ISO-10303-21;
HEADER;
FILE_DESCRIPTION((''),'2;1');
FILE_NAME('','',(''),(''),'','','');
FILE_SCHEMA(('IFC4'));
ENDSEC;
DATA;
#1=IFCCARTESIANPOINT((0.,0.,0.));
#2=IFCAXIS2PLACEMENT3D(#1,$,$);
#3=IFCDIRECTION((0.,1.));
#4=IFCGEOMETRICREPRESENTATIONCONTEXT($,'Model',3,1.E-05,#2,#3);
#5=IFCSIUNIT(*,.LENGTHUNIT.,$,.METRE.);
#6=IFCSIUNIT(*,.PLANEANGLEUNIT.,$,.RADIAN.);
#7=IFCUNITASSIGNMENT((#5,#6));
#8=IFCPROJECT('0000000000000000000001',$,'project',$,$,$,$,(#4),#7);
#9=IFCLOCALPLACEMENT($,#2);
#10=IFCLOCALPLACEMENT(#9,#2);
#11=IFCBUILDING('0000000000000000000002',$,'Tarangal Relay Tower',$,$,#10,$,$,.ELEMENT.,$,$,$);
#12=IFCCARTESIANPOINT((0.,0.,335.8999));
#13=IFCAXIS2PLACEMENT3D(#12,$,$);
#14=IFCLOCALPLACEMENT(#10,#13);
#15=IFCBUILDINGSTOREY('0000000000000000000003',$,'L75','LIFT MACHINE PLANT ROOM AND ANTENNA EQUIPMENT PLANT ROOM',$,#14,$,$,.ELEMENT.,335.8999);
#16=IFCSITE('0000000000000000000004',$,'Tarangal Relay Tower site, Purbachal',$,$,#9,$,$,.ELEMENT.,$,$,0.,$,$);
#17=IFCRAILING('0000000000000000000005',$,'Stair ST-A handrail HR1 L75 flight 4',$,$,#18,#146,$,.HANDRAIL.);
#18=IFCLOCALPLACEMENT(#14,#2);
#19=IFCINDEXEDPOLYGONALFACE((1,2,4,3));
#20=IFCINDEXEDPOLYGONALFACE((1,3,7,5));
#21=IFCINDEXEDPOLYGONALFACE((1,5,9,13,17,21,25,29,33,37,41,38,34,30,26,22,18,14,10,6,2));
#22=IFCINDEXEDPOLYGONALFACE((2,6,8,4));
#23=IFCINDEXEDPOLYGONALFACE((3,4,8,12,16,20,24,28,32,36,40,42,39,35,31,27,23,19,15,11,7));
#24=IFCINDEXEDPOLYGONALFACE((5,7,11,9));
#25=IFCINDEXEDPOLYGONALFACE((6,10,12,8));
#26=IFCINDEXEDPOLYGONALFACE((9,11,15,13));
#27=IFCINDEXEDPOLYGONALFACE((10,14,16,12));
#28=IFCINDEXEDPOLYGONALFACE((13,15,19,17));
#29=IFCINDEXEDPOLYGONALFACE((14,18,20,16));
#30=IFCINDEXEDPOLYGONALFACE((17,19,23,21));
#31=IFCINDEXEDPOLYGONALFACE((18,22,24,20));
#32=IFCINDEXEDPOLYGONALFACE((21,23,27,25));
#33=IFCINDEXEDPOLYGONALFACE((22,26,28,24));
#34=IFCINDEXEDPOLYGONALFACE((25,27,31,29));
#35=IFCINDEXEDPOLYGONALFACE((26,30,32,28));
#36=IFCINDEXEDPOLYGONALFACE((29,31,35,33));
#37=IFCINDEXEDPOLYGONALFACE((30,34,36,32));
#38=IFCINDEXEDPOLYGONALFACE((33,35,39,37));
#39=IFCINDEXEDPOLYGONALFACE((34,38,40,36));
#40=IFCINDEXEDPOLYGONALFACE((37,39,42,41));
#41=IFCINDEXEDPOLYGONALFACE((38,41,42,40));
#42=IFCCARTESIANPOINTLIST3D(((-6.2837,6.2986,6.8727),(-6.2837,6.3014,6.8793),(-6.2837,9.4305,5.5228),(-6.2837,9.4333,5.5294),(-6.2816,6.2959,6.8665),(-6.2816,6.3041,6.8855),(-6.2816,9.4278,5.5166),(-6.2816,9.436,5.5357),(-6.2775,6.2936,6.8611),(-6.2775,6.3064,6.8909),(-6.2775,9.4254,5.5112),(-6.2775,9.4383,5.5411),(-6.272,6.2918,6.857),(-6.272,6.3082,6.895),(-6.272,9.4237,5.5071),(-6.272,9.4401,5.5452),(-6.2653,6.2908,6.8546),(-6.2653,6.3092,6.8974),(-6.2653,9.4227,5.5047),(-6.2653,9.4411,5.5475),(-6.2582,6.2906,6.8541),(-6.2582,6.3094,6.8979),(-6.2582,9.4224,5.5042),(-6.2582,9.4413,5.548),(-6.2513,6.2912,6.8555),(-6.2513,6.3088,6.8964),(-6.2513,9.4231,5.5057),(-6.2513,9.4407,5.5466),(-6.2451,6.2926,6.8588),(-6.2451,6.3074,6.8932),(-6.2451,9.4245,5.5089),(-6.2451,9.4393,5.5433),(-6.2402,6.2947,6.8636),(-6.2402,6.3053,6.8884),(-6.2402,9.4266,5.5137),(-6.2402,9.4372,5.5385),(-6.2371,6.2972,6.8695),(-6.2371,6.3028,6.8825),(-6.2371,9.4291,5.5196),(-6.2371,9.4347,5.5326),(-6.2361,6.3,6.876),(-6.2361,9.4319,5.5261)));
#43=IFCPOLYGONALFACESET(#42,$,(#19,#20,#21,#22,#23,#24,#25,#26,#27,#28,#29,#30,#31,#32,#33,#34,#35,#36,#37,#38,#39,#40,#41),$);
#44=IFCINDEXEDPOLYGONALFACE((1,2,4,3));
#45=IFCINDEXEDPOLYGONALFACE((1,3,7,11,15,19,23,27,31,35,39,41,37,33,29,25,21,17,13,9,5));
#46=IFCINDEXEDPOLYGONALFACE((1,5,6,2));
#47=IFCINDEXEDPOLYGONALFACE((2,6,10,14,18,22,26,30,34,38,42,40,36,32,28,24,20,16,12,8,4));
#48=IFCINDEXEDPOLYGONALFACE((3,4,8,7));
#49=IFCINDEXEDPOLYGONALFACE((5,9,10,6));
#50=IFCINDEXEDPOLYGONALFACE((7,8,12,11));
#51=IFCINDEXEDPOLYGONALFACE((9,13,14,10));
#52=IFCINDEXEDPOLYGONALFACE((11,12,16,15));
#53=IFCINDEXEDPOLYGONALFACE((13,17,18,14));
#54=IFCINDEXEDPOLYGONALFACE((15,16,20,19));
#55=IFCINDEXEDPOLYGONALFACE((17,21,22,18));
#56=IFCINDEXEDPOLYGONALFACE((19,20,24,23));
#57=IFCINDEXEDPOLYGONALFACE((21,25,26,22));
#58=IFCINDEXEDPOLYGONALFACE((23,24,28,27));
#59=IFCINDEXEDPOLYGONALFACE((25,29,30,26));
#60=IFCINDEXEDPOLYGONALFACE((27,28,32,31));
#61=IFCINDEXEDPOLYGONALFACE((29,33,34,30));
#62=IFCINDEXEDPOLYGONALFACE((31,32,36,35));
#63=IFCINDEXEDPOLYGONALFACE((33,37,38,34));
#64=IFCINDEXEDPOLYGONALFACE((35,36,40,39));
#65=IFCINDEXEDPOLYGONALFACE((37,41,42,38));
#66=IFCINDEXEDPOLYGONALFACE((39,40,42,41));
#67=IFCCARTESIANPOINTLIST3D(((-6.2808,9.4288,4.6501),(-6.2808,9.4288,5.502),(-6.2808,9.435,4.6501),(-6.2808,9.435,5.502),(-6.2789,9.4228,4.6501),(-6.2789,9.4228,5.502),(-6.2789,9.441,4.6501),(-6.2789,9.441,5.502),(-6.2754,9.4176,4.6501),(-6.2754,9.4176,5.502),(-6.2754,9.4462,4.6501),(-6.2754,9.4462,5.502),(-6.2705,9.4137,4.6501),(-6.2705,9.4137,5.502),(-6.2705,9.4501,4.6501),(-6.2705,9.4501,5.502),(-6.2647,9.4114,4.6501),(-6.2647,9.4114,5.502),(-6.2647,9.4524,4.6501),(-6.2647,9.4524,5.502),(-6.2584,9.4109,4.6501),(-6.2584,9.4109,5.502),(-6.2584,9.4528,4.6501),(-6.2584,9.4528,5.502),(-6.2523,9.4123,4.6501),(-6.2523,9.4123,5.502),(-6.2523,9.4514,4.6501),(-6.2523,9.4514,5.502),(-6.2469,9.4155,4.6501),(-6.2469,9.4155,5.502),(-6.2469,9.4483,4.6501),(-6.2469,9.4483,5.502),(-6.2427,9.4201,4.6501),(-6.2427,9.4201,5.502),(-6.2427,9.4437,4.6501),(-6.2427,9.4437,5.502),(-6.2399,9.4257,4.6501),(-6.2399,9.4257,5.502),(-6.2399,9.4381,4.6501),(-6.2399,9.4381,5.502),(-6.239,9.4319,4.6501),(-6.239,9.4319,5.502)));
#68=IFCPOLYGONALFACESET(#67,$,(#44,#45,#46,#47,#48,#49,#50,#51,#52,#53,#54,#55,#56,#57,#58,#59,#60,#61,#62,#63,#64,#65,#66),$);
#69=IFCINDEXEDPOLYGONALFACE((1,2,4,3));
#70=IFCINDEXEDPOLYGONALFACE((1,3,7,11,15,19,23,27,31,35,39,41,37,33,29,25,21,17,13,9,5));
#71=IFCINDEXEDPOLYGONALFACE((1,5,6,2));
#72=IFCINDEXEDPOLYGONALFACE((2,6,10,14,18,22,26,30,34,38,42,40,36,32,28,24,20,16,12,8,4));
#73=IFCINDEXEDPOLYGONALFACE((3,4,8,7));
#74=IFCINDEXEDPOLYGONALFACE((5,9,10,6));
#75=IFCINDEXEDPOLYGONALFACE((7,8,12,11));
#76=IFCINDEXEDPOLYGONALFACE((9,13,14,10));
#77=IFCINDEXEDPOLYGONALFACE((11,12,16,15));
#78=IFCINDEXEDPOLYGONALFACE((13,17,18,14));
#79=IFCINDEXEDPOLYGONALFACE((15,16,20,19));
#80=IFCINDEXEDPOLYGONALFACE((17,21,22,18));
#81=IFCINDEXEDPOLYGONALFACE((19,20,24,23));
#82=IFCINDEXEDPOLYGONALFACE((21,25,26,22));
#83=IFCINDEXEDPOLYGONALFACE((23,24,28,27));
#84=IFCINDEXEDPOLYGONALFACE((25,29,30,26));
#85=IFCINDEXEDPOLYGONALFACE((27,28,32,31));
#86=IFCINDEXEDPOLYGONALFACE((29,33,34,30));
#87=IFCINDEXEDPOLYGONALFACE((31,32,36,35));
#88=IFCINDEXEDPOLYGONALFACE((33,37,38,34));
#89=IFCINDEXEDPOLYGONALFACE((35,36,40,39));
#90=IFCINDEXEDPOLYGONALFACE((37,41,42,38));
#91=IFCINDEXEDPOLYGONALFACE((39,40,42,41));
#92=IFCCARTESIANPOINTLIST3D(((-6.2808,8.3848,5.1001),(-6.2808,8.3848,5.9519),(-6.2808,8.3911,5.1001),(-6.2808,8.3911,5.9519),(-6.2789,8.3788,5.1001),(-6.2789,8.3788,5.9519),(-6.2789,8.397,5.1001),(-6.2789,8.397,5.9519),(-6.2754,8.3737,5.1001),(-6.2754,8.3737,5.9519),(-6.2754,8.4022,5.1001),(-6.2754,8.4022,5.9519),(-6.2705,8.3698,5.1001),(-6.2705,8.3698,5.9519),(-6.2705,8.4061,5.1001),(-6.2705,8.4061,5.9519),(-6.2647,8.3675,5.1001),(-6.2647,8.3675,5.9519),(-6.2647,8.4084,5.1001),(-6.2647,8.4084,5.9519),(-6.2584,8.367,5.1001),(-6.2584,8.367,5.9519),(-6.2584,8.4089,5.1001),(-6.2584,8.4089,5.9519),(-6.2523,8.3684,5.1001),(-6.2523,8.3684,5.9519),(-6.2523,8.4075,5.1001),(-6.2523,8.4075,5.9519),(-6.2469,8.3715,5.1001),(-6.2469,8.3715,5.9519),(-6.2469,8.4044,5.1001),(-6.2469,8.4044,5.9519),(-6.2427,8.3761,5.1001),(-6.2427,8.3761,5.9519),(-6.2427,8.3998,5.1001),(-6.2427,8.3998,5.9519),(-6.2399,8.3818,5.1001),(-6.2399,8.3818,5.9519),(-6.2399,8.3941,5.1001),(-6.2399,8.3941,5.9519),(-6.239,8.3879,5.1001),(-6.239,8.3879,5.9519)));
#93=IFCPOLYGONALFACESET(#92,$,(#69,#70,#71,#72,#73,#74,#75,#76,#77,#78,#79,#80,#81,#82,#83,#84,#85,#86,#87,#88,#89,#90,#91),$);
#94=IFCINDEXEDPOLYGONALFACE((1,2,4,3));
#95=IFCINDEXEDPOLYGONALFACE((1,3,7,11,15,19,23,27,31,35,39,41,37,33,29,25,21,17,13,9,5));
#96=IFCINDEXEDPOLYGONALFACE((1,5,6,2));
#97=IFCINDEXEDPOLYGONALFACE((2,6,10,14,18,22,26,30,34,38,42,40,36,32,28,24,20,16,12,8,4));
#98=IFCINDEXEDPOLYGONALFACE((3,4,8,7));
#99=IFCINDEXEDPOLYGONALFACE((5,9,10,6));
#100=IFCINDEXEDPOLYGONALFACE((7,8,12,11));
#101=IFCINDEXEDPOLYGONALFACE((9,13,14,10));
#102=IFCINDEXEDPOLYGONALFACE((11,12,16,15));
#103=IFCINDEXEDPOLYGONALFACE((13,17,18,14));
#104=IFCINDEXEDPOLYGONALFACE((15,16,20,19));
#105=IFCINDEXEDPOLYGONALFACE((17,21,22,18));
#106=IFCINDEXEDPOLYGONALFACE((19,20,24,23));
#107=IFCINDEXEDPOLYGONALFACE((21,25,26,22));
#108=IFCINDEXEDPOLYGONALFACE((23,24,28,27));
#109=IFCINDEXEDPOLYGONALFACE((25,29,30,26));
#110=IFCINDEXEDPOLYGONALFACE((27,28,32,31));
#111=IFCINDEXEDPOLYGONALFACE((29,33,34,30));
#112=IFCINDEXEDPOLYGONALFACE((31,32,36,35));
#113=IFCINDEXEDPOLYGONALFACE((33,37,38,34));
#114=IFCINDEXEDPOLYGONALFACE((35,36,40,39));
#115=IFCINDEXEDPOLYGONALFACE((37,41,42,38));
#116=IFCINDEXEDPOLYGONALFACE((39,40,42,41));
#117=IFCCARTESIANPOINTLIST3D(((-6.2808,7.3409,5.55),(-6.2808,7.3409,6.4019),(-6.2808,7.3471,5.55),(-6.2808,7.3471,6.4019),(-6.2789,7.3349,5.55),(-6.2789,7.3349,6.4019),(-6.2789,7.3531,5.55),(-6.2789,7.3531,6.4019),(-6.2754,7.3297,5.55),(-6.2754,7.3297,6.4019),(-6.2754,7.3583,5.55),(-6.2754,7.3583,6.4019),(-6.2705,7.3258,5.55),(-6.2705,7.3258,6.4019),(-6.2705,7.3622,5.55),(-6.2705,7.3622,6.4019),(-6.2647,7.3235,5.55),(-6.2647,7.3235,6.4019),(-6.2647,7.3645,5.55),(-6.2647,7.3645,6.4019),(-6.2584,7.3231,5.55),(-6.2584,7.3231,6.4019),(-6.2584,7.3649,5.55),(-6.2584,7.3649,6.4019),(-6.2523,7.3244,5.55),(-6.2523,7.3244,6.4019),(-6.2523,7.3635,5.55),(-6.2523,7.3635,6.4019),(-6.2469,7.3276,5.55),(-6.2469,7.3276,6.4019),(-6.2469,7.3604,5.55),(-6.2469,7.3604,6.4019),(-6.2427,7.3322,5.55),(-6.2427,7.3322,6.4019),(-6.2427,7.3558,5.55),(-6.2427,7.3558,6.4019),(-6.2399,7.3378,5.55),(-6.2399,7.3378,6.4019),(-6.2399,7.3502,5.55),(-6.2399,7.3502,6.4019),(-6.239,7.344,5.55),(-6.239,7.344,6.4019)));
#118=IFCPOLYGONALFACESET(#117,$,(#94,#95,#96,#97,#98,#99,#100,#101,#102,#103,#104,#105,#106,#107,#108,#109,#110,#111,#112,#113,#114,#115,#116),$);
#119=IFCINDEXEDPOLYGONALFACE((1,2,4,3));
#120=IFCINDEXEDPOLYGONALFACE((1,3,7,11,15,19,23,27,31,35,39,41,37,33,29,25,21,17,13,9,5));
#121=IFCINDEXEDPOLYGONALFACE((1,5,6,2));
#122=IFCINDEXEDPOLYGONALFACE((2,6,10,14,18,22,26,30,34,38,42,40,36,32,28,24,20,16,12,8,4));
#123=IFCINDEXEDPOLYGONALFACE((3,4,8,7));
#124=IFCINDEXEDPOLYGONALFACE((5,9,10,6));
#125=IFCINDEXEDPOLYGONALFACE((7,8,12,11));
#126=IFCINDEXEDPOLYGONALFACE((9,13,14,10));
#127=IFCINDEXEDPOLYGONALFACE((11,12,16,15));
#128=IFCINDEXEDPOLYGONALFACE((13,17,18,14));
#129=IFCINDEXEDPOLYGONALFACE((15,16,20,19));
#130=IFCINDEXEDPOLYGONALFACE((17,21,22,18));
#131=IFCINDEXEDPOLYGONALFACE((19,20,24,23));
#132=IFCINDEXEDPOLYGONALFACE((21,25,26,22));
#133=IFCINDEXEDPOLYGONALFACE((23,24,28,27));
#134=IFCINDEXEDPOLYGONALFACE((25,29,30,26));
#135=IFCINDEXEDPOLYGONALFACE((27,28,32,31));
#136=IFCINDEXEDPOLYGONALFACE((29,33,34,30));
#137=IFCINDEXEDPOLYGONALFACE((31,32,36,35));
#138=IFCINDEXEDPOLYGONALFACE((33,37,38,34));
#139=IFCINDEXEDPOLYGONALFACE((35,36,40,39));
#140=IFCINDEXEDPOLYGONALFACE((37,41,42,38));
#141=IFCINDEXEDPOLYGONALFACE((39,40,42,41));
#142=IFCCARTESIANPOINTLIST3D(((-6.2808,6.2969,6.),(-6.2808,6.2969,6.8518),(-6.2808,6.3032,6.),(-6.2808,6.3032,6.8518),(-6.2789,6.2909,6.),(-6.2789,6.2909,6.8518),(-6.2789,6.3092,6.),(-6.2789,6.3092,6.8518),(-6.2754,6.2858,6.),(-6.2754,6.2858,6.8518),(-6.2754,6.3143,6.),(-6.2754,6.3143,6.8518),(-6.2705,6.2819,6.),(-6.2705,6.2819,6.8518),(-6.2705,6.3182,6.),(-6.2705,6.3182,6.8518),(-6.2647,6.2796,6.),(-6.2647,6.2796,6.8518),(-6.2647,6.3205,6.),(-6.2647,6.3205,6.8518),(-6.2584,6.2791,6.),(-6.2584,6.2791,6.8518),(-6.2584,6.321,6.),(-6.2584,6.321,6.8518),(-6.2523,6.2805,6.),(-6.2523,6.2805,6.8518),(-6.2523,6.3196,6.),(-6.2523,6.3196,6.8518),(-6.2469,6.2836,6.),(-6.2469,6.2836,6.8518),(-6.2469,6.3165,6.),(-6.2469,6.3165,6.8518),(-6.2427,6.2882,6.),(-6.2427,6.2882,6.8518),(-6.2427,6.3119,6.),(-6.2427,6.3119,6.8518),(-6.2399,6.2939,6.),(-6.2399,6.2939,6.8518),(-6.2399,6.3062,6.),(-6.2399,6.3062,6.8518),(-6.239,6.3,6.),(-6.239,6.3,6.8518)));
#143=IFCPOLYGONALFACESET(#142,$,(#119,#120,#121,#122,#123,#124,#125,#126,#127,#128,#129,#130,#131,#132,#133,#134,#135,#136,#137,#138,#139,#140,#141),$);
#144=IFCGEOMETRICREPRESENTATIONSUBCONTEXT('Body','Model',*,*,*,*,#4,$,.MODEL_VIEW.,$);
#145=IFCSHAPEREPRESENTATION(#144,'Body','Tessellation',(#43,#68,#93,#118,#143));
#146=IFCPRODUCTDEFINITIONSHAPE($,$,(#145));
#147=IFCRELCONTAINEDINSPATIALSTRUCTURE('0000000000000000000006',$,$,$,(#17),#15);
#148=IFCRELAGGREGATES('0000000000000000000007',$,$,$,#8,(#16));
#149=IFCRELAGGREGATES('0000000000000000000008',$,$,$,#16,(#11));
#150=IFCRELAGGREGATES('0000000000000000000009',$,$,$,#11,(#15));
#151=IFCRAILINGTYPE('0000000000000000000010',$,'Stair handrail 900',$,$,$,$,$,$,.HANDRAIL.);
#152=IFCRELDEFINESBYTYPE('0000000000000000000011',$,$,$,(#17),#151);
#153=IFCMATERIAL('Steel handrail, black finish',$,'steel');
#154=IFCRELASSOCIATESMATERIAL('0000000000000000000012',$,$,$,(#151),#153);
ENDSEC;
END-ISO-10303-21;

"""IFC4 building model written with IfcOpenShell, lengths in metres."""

from ifc_helpers import new_model, si_unit, direction, frame, origin, origin_2d, place, context, subcontext, project, spatial, circle, extrude, material, type_object, element, save


model = new_model("IFC4")

# Units and contexts
model_context = context("Model", 3, precision=1e-05, world=origin(), true_north=direction((0.0, 1.0)))
body_context = subcontext(model_context, "Body", "Model", "MODEL_VIEW")
ifc_project = project(units=[si_unit("LENGTHUNIT", "METRE"), si_unit("PLANEANGLEUNIT", "RADIAN")], contexts=[model_context])

# Site, building, storey
site_placement = place(None, origin())
site = spatial("IfcSite", under=ifc_project, at=site_placement, Name="Tarangal Relay Tower site, Purbachal", CompositionType="ELEMENT", RefElevation=0.0)
building_placement = place(site_placement, origin())
building = spatial("IfcBuilding", under=site, at=building_placement, Name="Tarangal Relay Tower", CompositionType="ELEMENT")
storey_placement = place(building_placement, frame((0.0, 0.0, 335.8999)))
storey = spatial("IfcBuildingStorey", under=building, at=storey_placement, Name="L75", Description="LIFT MACHINE PLANT ROOM AND ANTENNA EQUIPMENT PLANT ROOM", CompositionType="ELEMENT", Elevation=335.8999)

# Railing
ifc_material_1 = material(Name="Steel handrail, black finish", Category="steel")
railing_type_1 = type_object("IfcRailingType", Name="Stair handrail 900", PredefinedType="HANDRAIL", material=ifc_material_1)
for number, where, name in (
    (1, (-6.26, 9.4319, 4.6501), "Stair ST-A handrail HR1 L75 flight 4"),
):
    element("IfcRailing", number, at=place(storey_placement, frame(where)), inside=storey, type_object=railing_type_1, Name=name, PredefinedType="HANDRAIL", context=body_context, shape_type="SweptSolid", body=[
        extrude(circle(Radius=0.0239, at=origin_2d()), frame((0.0, 0.0, 0.876), z_axis=(0.0, -0.918332, 0.395811), x_axis=(1.0, 0.0, 0.0)), (0.0, 0.0, 1.0), 3.4104),
        extrude(circle(Radius=0.021, at=origin_2d()), origin(), (0.0, 0.0, 1.0), 0.8518),
        extrude(circle(Radius=0.021, at=origin_2d()), frame((0.0, -1.0439, 0.45)), (0.0, 0.0, 1.0), 0.8518),
        extrude(circle(Radius=0.021, at=origin_2d()), frame((0.0, -2.0879, 0.8999)), (0.0, 0.0, 1.0), 0.8518),
        extrude(circle(Radius=0.021, at=origin_2d()), frame((0.0, -3.1318, 1.3499)), (0.0, 0.0, 1.0), 0.8518),
    ])

save(model, "model.ifc")
